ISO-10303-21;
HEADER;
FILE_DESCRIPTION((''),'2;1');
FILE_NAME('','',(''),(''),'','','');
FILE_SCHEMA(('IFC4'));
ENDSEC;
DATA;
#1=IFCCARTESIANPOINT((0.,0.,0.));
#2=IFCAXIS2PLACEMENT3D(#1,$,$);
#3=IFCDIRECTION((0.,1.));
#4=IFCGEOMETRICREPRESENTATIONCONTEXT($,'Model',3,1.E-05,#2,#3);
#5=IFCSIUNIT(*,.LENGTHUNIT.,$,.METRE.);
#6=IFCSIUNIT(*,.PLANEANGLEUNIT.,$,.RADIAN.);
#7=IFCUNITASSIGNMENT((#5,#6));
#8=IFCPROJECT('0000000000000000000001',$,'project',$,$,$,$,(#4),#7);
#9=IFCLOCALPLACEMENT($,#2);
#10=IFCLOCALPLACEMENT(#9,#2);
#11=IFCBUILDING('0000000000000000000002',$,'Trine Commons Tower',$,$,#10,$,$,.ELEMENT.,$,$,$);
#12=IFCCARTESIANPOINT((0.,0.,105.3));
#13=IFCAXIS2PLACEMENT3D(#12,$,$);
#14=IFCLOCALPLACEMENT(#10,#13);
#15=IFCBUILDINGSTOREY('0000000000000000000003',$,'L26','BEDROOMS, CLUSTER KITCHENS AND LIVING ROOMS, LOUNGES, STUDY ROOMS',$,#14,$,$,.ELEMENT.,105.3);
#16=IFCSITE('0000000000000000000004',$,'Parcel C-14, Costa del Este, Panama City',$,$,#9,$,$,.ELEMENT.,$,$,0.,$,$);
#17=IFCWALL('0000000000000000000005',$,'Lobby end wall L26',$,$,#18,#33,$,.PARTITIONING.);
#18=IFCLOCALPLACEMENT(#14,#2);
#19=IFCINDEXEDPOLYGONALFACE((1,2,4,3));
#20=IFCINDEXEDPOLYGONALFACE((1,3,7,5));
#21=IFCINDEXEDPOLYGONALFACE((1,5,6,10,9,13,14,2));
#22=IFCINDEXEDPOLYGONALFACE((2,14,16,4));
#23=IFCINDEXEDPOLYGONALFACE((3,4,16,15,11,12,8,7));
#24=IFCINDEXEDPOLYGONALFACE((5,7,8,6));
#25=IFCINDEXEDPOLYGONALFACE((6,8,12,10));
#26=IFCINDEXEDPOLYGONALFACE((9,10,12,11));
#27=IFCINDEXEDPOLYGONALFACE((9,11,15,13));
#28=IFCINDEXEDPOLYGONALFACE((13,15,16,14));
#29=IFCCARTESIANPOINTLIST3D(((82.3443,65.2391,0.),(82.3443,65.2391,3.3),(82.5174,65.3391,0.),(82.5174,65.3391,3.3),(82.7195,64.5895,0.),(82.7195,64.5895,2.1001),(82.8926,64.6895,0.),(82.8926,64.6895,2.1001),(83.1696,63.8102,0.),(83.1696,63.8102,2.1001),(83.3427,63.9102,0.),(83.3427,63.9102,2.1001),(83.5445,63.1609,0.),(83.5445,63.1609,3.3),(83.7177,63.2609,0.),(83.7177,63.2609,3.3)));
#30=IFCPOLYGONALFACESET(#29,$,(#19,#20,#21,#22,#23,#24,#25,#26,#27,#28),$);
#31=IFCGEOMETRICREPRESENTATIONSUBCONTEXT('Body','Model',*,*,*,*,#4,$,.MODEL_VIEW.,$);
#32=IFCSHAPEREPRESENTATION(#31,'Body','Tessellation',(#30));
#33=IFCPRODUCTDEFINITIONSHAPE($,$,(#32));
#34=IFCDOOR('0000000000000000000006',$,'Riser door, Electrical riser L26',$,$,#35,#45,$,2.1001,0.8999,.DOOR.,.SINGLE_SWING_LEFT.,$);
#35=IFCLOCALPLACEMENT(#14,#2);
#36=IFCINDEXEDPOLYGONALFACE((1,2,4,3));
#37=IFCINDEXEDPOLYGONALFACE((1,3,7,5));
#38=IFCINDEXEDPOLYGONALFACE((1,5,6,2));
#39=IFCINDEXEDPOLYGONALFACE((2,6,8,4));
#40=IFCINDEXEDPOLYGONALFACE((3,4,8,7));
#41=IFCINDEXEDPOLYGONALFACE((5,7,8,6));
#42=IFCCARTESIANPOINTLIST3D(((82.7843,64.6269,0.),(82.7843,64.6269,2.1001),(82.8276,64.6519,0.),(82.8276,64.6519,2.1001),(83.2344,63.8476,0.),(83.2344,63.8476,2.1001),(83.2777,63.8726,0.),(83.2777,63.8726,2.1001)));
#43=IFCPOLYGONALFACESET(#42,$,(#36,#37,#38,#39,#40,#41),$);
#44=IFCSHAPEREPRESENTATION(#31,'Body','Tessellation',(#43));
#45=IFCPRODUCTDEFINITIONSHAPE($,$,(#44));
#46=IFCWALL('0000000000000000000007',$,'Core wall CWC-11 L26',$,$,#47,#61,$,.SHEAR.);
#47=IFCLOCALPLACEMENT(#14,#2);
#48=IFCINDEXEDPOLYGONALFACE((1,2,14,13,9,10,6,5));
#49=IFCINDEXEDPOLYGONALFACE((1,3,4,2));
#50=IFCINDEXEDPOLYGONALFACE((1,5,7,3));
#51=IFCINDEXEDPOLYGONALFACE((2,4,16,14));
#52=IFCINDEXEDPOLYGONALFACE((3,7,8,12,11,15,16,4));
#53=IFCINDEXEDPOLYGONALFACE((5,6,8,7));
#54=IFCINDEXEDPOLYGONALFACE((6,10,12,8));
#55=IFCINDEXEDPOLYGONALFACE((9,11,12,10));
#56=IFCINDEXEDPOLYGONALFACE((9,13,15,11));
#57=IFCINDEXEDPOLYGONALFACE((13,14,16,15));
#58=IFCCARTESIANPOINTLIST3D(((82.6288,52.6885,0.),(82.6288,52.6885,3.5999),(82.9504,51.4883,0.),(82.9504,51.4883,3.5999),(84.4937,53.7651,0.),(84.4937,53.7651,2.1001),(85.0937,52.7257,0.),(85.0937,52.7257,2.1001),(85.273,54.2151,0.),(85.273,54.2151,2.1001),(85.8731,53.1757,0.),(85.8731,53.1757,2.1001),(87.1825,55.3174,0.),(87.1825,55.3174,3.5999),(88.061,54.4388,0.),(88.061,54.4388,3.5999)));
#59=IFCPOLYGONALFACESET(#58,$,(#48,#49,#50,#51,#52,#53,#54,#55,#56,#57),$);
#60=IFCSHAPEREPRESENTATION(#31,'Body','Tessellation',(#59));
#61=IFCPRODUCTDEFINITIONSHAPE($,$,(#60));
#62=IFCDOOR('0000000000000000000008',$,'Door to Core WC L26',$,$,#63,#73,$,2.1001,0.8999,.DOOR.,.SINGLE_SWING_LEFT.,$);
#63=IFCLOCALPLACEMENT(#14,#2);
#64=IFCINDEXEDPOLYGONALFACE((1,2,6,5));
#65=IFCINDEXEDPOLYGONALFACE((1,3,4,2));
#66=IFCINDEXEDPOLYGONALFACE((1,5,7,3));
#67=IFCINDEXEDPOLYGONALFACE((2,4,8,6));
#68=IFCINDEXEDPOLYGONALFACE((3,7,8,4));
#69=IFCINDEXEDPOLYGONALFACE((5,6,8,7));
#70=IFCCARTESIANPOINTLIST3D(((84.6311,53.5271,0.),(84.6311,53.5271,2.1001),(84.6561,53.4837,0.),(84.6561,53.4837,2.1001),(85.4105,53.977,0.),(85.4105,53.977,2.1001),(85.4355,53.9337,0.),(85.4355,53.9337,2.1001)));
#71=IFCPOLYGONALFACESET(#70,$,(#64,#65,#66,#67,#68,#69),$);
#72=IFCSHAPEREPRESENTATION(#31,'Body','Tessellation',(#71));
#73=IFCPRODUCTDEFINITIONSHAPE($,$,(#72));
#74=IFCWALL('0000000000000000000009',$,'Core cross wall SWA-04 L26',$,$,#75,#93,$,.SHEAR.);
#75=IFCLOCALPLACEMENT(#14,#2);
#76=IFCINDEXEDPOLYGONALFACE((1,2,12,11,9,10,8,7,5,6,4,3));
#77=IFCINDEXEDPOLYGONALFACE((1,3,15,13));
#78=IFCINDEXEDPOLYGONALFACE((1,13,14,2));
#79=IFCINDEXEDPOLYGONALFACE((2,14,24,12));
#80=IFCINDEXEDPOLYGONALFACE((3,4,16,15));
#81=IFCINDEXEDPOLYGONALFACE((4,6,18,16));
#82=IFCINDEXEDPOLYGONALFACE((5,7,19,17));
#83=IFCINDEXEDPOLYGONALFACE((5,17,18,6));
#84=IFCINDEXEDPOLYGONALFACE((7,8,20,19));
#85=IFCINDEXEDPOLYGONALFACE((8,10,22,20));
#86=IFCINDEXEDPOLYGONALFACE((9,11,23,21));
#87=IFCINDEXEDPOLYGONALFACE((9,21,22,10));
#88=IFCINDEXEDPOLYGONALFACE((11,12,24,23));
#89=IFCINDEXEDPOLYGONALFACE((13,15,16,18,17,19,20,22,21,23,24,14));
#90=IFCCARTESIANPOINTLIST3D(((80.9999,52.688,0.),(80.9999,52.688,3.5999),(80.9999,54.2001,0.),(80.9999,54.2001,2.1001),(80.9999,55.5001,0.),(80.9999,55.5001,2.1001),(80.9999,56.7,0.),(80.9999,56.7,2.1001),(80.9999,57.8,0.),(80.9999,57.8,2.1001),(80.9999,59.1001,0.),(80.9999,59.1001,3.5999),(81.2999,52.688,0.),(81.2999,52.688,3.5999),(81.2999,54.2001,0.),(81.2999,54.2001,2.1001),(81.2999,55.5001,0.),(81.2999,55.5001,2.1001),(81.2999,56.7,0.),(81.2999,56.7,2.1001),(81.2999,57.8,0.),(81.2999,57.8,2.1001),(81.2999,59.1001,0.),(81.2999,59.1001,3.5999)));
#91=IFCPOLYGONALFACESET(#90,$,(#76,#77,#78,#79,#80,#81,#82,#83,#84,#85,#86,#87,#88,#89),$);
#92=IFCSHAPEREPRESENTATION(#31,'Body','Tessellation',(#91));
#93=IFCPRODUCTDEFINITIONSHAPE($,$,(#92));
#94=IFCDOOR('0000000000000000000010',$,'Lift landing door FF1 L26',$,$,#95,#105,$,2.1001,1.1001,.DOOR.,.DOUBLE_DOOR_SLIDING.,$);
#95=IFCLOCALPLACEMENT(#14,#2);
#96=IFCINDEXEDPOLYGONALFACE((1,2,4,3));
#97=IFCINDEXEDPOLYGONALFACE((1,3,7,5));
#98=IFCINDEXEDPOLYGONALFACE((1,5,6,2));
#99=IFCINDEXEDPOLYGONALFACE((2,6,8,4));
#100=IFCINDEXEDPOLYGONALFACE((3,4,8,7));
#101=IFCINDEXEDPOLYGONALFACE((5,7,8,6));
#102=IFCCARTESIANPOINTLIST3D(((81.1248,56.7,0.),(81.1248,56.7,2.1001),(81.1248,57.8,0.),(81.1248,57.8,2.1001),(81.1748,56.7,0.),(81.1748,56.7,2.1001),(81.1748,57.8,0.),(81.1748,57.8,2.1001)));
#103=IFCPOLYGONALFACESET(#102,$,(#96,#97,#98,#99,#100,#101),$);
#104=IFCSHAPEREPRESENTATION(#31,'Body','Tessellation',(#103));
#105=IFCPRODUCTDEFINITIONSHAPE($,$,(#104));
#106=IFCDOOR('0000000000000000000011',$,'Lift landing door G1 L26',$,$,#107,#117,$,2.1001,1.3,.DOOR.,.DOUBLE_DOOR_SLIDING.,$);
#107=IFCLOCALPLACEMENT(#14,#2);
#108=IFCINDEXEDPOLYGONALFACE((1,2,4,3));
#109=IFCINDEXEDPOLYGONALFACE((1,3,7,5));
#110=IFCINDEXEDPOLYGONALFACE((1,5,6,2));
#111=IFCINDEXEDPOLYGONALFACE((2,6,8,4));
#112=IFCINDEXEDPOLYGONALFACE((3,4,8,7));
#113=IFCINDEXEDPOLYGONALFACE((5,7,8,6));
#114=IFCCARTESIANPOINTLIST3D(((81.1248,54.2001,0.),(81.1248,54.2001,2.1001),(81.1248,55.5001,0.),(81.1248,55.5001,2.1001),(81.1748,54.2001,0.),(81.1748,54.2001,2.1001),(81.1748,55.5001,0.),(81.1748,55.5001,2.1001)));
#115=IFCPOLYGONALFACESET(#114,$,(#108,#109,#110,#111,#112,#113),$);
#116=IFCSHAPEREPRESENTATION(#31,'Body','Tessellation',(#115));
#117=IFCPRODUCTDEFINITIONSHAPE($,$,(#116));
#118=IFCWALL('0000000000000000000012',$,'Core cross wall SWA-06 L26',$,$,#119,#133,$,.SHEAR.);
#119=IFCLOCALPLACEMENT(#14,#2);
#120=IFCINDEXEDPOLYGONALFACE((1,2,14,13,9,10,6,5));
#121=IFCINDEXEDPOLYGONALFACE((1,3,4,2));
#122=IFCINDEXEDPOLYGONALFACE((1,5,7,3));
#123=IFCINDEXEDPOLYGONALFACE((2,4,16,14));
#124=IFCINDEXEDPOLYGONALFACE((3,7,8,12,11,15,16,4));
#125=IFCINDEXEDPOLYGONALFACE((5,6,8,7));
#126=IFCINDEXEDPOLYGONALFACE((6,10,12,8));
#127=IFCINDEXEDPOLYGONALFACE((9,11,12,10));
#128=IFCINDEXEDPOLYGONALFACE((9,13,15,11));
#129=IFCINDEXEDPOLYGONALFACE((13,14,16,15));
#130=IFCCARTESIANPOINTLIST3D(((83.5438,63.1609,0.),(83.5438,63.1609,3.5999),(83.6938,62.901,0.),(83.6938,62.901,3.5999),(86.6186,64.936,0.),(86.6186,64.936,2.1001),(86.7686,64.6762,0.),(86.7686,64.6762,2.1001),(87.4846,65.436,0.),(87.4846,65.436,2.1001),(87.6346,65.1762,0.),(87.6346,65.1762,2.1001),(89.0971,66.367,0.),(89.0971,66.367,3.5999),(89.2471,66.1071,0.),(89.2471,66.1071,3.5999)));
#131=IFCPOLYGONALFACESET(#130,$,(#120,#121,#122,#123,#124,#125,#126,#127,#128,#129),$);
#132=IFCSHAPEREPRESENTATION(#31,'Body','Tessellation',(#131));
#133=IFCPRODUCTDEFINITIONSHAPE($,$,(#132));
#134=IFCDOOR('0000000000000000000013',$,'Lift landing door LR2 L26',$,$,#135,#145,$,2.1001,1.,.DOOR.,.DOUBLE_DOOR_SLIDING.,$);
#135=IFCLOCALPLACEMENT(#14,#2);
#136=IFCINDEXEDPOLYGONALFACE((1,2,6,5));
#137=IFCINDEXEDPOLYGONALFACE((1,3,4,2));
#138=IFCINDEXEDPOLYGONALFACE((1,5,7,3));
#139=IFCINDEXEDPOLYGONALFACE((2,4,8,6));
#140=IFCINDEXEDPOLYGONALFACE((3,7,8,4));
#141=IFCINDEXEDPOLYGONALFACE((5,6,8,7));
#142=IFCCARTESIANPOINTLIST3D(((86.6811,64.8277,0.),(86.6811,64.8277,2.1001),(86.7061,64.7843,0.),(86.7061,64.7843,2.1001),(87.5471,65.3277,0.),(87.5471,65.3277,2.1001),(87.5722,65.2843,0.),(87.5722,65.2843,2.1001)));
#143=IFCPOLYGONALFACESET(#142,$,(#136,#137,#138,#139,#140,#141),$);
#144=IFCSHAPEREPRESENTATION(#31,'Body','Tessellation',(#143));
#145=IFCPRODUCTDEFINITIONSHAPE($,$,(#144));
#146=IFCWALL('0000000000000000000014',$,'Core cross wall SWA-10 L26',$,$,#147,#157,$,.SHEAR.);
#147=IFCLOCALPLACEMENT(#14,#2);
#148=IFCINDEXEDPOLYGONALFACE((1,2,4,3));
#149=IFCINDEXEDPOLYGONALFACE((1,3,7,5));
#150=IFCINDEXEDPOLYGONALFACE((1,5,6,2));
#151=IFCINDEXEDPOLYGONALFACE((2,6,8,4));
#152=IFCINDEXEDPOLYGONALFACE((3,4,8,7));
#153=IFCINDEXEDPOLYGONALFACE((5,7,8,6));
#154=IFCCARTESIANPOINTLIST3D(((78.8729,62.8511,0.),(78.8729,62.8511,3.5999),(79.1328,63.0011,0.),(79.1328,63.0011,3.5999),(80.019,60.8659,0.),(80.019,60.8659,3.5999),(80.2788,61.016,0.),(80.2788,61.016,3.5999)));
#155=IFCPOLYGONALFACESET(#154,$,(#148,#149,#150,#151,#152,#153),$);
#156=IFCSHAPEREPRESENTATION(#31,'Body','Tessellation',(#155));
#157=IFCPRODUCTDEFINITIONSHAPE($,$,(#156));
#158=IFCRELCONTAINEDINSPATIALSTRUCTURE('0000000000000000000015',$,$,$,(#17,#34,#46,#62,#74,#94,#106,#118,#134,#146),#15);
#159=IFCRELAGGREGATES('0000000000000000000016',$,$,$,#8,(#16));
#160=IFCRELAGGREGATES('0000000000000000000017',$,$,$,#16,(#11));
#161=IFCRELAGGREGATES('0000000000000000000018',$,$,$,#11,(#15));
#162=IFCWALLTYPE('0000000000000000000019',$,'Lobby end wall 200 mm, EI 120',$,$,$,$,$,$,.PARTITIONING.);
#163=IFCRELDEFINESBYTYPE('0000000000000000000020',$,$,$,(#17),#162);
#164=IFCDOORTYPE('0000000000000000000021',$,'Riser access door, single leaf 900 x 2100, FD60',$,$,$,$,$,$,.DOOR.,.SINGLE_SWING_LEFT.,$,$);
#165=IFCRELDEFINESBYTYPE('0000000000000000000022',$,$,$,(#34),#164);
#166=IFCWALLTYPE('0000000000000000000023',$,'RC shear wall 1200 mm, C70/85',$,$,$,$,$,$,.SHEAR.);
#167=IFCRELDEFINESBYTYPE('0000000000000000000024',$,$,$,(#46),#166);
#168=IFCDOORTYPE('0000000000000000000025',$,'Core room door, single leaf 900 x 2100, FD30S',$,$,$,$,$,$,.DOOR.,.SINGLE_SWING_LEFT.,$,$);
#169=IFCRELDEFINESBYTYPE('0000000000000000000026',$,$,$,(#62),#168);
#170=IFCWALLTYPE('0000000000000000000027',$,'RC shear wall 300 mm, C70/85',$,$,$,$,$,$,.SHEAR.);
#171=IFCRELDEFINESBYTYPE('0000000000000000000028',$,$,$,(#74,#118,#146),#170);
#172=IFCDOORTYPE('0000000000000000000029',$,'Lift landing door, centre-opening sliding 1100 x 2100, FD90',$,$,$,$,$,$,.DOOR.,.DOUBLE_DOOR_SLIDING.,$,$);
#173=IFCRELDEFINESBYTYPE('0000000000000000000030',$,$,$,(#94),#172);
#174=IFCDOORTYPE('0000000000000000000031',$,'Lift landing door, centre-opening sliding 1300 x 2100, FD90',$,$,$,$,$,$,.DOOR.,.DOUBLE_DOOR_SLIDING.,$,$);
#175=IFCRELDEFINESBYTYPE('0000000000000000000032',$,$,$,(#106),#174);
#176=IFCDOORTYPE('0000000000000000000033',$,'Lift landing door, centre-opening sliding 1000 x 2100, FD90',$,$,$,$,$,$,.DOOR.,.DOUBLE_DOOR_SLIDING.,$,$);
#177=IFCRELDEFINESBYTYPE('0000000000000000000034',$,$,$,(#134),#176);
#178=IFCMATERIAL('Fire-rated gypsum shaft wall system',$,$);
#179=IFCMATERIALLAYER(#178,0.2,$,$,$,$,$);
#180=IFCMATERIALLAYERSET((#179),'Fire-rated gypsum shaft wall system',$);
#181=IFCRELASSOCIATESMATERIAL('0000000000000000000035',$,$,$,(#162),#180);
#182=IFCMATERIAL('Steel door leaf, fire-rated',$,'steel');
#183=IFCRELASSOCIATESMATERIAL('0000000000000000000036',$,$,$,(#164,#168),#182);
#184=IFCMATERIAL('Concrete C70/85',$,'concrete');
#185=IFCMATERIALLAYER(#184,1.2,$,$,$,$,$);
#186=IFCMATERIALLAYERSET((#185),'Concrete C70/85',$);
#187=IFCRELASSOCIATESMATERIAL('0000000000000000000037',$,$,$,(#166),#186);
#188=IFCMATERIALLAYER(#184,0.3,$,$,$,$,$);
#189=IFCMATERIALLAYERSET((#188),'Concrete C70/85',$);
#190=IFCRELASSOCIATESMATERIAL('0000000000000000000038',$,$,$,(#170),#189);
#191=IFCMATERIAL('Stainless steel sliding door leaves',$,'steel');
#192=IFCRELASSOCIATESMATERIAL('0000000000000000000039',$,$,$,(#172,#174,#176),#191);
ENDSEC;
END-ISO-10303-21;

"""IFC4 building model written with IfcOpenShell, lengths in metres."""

from ifc_helpers import new_model, si_unit, direction, frame, frame_2d, origin, place, context, subcontext, project, spatial, polyline, rectangle, outline, extrude, material, layer, layer_set, type_object, element, fill, save


model = new_model("IFC4")

# Units and contexts
model_context = context("Model", 3, precision=1e-05, world=origin(), true_north=direction((0.0, 1.0)))
body_context = subcontext(model_context, "Body", "Model", "MODEL_VIEW")
ifc_project = project(units=[si_unit("LENGTHUNIT", "METRE"), si_unit("PLANEANGLEUNIT", "RADIAN")], contexts=[model_context])

# Site, building, storey
site_placement = place(None, origin())
site = spatial("IfcSite", under=ifc_project, at=site_placement, Name="Parcel C-14, Costa del Este, Panama City", CompositionType="ELEMENT", RefElevation=0.0)
building_placement = place(site_placement, origin())
building = spatial("IfcBuilding", under=site, at=building_placement, Name="Trine Commons Tower", CompositionType="ELEMENT")
storey_placement = place(building_placement, frame((0.0, 0.0, 105.3)))
storey = spatial("IfcBuildingStorey", under=building, at=storey_placement, Name="L26", Description="BEDROOMS, CLUSTER KITCHENS AND LIVING ROOMS, LOUNGES, STUDY ROOMS", CompositionType="ELEMENT", Elevation=105.3)

# Walls, openings, doors
ifc_material_1 = material(Name="Fire-rated gypsum shaft wall system")
ifc_layer_1 = layer(ifc_material_1, 0.2)
ifc_layer_set_1 = layer_set([ifc_layer_1], Name="Fire-rated gypsum shaft wall system")
wall_type_1 = type_object("IfcWallType", Name="Lobby end wall 200 mm, EI 120", PredefinedType="PARTITIONING", material=ifc_layer_set_1)
wall_1_placement = place(storey_placement, frame((83.6311, 63.2109, 0.0), z_axis=(0.0, 0.0, 1.0), x_axis=(-0.500122, 0.865955, 0.0)))
wall_1 = element("IfcWall", 1, at=wall_1_placement, inside=storey, type_object=wall_type_1, Name="Lobby end wall L26", PredefinedType="PARTITIONING", context=body_context, shape_type="SweptSolid", body=[
    extrude(rectangle(XDim=2.3999, YDim=0.2, at=frame_2d((1.2, 0.0))), origin(), (0.0, 0.0, 1.0), 3.3),
])
opening_1_placement = place(wall_1_placement, frame((0.7498, 0.0, 0.0)))
opening_1 = element("IfcOpeningElement", 2, at=opening_1_placement, cuts=wall_1, PredefinedType="OPENING", context=body_context, shape_type="SweptSolid", body=[
    extrude(rectangle(XDim=0.8999, YDim=2.1001, at=frame_2d((0.45, 1.05))), frame((0.0, 0.1099, 0.0), z_axis=(0.0, -1.0, 0.0), x_axis=(1.0, 0.0, 0.0)), (0.0, 0.0, 1.0), 0.22),
])
ifc_material_2 = material(Name="Steel door leaf, fire-rated", Category="steel")
door_type_1 = type_object("IfcDoorType", Name="Riser access door, single leaf 900 x 2100, FD60", OperationType="SINGLE_SWING_LEFT", PredefinedType="DOOR", material=ifc_material_2)
door_1_placement = place(opening_1_placement, frame((0.8999, 0.0, 0.0), z_axis=(0.0, 0.0, 1.0), x_axis=(-1.0, 0.0, 0.0)))
door_1 = element("IfcDoor", 3, at=door_1_placement, inside=storey, type_object=door_type_1, Name="Riser door, Electrical riser L26", OperationType="SINGLE_SWING_LEFT", OverallHeight=2.1001, OverallWidth=0.8999, PredefinedType="DOOR", context=body_context, shape_type="SweptSolid", body=[
    extrude(rectangle(XDim=0.8999, YDim=2.1001, at=frame_2d((0.45, 1.05))), frame((0.0, 0.0249, 0.0), z_axis=(0.0, -1.0, 0.0), x_axis=(1.0, 0.0, 0.0)), (0.0, 0.0, 1.0), 0.05),
])
fill(opening_1, door_1)
ifc_material_3 = material(Name="Concrete C70/85", Category="concrete")
ifc_layer_2 = layer(ifc_material_3, 1.2)
ifc_layer_set_2 = layer_set([ifc_layer_2], Name="Concrete C70/85")
wall_type_2 = type_object("IfcWallType", Name="RC shear wall 1200 mm, C70/85", PredefinedType="SHEAR", material=ifc_layer_set_2)
wall_2_placement = place(storey_placement, frame((82.6504, 52.0081, 0.0), z_axis=(0.0, 0.0, 1.0), x_axis=(0.866037, 0.499979, 0.0)))
wall_2 = element("IfcWall", 4, at=wall_2_placement, inside=storey, type_object=wall_type_2, Name="Core wall CWC-11 L26", PredefinedType="SHEAR", context=body_context, shape_type="SweptSolid", body=[
    extrude(outline(polyline([(0.0, -0.6001), (5.9011, -0.6001), (5.5796, 0.6001), (0.3215, 0.6001), (0.0, -0.6001)])), origin(), (0.0, 0.0, 1.0), 3.5999),
])
opening_2_placement = place(wall_2_placement, frame((2.4749, 0.0, 0.0)))
opening_2 = element("IfcOpeningElement", 5, at=opening_2_placement, cuts=wall_2, PredefinedType="OPENING", context=body_context, shape_type="SweptSolid", body=[
    extrude(rectangle(XDim=0.8999, YDim=2.1001, at=frame_2d((0.45, 1.05))), frame((0.0, 0.6099, 0.0), z_axis=(0.0, -1.0, 0.0), x_axis=(1.0, 0.0, 0.0)), (0.0, 0.0, 1.0), 1.22),
])
door_type_2 = type_object("IfcDoorType", Name="Core room door, single leaf 900 x 2100, FD30S", OperationType="SINGLE_SWING_LEFT", PredefinedType="DOOR", material=ifc_material_2)
door_2_placement = place(opening_2_placement, origin())
door_2 = element("IfcDoor", 6, at=door_2_placement, inside=storey, type_object=door_type_2, Name="Door to Core WC L26", OperationType="SINGLE_SWING_LEFT", OverallHeight=2.1001, OverallWidth=0.8999, PredefinedType="DOOR", context=body_context, shape_type="SweptSolid", body=[
    extrude(rectangle(XDim=0.8999, YDim=2.1001, at=frame_2d((0.45, 1.05))), frame((0.0, 0.3252, 0.0), z_axis=(0.0, -1.0, 0.0), x_axis=(1.0, 0.0, 0.0)), (0.0, 0.0, 1.0), 0.05),
])
fill(opening_2, door_2)

# Wall, openings, doors
ifc_layer_3 = layer(ifc_material_3, 0.3)
ifc_layer_set_3 = layer_set([ifc_layer_3], Name="Concrete C70/85")
wall_type_3 = type_object("IfcWallType", Name="RC shear wall 300 mm, C70/85", PredefinedType="SHEAR", material=ifc_layer_set_3)
wall_3_placement = place(storey_placement, frame((81.1499, 59.1001, 0.0), z_axis=(0.0, 0.0, 1.0), x_axis=(0.0, -1.0, 0.0)))
wall_3 = element("IfcWall", 7, at=wall_3_placement, inside=storey, type_object=wall_type_3, Name="Core cross wall SWA-04 L26", PredefinedType="SHEAR", context=body_context, shape_type="SweptSolid", body=[
    extrude(rectangle(XDim=6.4121, YDim=0.3, at=frame_2d((3.2061, 0.0))), origin(), (0.0, 0.0, 1.0), 3.5999),
])
opening_3_placement = place(wall_3_placement, frame((3.6001, 0.0, 0.0)))
opening_3 = element("IfcOpeningElement", 8, at=opening_3_placement, cuts=wall_3, PredefinedType="OPENING", context=body_context, shape_type="SweptSolid", body=[
    extrude(rectangle(XDim=1.3, YDim=2.1001, at=frame_2d((0.6499, 1.05))), frame((0.0, 0.1599, 0.0), z_axis=(0.0, -1.0, 0.0), x_axis=(1.0, 0.0, 0.0)), (0.0, 0.0, 1.0), 0.3201),
])
opening_4_placement = place(wall_3_placement, frame((1.3, 0.0, 0.0)))
opening_4 = element("IfcOpeningElement", 9, at=opening_4_placement, cuts=wall_3, PredefinedType="OPENING", context=body_context, shape_type="SweptSolid", body=[
    extrude(rectangle(XDim=1.1001, YDim=2.1001, at=frame_2d((0.55, 1.05))), frame((0.0, 0.1599, 0.0), z_axis=(0.0, -1.0, 0.0), x_axis=(1.0, 0.0, 0.0)), (0.0, 0.0, 1.0), 0.3201),
])
ifc_material_4 = material(Name="Stainless steel sliding door leaves", Category="steel")
door_type_3 = type_object("IfcDoorType", Name="Lift landing door, centre-opening sliding 1100 x 2100, FD90", OperationType="DOUBLE_DOOR_SLIDING", PredefinedType="DOOR", material=ifc_material_4)
door_3_placement = place(opening_4_placement, origin())
door_3 = element("IfcDoor", 10, at=door_3_placement, inside=storey, type_object=door_type_3, Name="Lift landing door FF1 L26", OperationType="DOUBLE_DOOR_SLIDING", OverallHeight=2.1001, OverallWidth=1.1001, PredefinedType="DOOR", context=body_context, shape_type="SweptSolid", body=[
    extrude(rectangle(XDim=1.1001, YDim=2.1001, at=frame_2d((0.55, 1.05))), frame((0.0, 0.0249, 0.0), z_axis=(0.0, -1.0, 0.0), x_axis=(1.0, 0.0, 0.0)), (0.0, 0.0, 1.0), 0.05),
])
fill(opening_4, door_3)
door_type_4 = type_object("IfcDoorType", Name="Lift landing door, centre-opening sliding 1300 x 2100, FD90", OperationType="DOUBLE_DOOR_SLIDING", PredefinedType="DOOR", material=ifc_material_4)
door_4_placement = place(opening_3_placement, origin())
door_4 = element("IfcDoor", 11, at=door_4_placement, inside=storey, type_object=door_type_4, Name="Lift landing door G1 L26", OperationType="DOUBLE_DOOR_SLIDING", OverallHeight=2.1001, OverallWidth=1.3, PredefinedType="DOOR", context=body_context, shape_type="SweptSolid", body=[
    extrude(rectangle(XDim=1.3, YDim=2.1001, at=frame_2d((0.6499, 1.05))), frame((0.0, 0.0249, 0.0), z_axis=(0.0, -1.0, 0.0), x_axis=(1.0, 0.0, 0.0)), (0.0, 0.0, 1.0), 0.05),
])
fill(opening_3, door_4)

# Wall, opening, door
wall_4_placement = place(storey_placement, frame((83.6189, 63.031, 0.0), z_axis=(0.0, 0.0, 1.0), x_axis=(0.866032, 0.499988, 0.0)))
wall_4 = element("IfcWall", 12, at=wall_4_placement, inside=storey, type_object=wall_type_3, Name="Core cross wall SWA-06 L26", PredefinedType="SHEAR", context=body_context, shape_type="SweptSolid", body=[
    extrude(rectangle(XDim=6.4124, YDim=0.3, at=frame_2d((3.2061, 0.0))), origin(), (0.0, 0.0, 1.0), 3.5999),
])
opening_5_placement = place(wall_4_placement, frame((3.5503, 0.0, 0.0)))
opening_5 = element("IfcOpeningElement", 13, at=opening_5_placement, cuts=wall_4, PredefinedType="OPENING", context=body_context, shape_type="SweptSolid", body=[
    extrude(rectangle(XDim=1.0, YDim=2.1001, at=frame_2d((0.5, 1.05))), frame((0.0, 0.1599, 0.0), z_axis=(0.0, -1.0, 0.0), x_axis=(1.0, 0.0, 0.0)), (0.0, 0.0, 1.0), 0.3201),
])
door_type_5 = type_object("IfcDoorType", Name="Lift landing door, centre-opening sliding 1000 x 2100, FD90", OperationType="DOUBLE_DOOR_SLIDING", PredefinedType="DOOR", material=ifc_material_4)
door_5_placement = place(opening_5_placement, origin())
door_5 = element("IfcDoor", 14, at=door_5_placement, inside=storey, type_object=door_type_5, Name="Lift landing door LR2 L26", OperationType="DOUBLE_DOOR_SLIDING", OverallHeight=2.1001, OverallWidth=1.0, PredefinedType="DOOR", context=body_context, shape_type="SweptSolid", body=[
    extrude(rectangle(XDim=1.0, YDim=2.1001, at=frame_2d((0.5, 1.05))), frame((0.0, 0.0249, 0.0), z_axis=(0.0, -1.0, 0.0), x_axis=(1.0, 0.0, 0.0)), (0.0, 0.0, 1.0), 0.05),
])
fill(opening_5, door_5)

# Wall
wall_5_placement = place(storey_placement, frame((79.0029, 62.926, 0.0), z_axis=(0.0, 0.0, 1.0), x_axis=(0.499965, -0.866045, 0.0)))
element("IfcWall", 15, at=wall_5_placement, inside=storey, type_object=wall_type_3, Name="Core cross wall SWA-10 L26", PredefinedType="SHEAR", context=body_context, shape_type="SweptSolid", body=[
    extrude(rectangle(XDim=2.2922, YDim=0.3, at=frame_2d((1.146, 0.0))), origin(), (0.0, 0.0, 1.0), 3.5999),
])

save(model, "model.ifc")
